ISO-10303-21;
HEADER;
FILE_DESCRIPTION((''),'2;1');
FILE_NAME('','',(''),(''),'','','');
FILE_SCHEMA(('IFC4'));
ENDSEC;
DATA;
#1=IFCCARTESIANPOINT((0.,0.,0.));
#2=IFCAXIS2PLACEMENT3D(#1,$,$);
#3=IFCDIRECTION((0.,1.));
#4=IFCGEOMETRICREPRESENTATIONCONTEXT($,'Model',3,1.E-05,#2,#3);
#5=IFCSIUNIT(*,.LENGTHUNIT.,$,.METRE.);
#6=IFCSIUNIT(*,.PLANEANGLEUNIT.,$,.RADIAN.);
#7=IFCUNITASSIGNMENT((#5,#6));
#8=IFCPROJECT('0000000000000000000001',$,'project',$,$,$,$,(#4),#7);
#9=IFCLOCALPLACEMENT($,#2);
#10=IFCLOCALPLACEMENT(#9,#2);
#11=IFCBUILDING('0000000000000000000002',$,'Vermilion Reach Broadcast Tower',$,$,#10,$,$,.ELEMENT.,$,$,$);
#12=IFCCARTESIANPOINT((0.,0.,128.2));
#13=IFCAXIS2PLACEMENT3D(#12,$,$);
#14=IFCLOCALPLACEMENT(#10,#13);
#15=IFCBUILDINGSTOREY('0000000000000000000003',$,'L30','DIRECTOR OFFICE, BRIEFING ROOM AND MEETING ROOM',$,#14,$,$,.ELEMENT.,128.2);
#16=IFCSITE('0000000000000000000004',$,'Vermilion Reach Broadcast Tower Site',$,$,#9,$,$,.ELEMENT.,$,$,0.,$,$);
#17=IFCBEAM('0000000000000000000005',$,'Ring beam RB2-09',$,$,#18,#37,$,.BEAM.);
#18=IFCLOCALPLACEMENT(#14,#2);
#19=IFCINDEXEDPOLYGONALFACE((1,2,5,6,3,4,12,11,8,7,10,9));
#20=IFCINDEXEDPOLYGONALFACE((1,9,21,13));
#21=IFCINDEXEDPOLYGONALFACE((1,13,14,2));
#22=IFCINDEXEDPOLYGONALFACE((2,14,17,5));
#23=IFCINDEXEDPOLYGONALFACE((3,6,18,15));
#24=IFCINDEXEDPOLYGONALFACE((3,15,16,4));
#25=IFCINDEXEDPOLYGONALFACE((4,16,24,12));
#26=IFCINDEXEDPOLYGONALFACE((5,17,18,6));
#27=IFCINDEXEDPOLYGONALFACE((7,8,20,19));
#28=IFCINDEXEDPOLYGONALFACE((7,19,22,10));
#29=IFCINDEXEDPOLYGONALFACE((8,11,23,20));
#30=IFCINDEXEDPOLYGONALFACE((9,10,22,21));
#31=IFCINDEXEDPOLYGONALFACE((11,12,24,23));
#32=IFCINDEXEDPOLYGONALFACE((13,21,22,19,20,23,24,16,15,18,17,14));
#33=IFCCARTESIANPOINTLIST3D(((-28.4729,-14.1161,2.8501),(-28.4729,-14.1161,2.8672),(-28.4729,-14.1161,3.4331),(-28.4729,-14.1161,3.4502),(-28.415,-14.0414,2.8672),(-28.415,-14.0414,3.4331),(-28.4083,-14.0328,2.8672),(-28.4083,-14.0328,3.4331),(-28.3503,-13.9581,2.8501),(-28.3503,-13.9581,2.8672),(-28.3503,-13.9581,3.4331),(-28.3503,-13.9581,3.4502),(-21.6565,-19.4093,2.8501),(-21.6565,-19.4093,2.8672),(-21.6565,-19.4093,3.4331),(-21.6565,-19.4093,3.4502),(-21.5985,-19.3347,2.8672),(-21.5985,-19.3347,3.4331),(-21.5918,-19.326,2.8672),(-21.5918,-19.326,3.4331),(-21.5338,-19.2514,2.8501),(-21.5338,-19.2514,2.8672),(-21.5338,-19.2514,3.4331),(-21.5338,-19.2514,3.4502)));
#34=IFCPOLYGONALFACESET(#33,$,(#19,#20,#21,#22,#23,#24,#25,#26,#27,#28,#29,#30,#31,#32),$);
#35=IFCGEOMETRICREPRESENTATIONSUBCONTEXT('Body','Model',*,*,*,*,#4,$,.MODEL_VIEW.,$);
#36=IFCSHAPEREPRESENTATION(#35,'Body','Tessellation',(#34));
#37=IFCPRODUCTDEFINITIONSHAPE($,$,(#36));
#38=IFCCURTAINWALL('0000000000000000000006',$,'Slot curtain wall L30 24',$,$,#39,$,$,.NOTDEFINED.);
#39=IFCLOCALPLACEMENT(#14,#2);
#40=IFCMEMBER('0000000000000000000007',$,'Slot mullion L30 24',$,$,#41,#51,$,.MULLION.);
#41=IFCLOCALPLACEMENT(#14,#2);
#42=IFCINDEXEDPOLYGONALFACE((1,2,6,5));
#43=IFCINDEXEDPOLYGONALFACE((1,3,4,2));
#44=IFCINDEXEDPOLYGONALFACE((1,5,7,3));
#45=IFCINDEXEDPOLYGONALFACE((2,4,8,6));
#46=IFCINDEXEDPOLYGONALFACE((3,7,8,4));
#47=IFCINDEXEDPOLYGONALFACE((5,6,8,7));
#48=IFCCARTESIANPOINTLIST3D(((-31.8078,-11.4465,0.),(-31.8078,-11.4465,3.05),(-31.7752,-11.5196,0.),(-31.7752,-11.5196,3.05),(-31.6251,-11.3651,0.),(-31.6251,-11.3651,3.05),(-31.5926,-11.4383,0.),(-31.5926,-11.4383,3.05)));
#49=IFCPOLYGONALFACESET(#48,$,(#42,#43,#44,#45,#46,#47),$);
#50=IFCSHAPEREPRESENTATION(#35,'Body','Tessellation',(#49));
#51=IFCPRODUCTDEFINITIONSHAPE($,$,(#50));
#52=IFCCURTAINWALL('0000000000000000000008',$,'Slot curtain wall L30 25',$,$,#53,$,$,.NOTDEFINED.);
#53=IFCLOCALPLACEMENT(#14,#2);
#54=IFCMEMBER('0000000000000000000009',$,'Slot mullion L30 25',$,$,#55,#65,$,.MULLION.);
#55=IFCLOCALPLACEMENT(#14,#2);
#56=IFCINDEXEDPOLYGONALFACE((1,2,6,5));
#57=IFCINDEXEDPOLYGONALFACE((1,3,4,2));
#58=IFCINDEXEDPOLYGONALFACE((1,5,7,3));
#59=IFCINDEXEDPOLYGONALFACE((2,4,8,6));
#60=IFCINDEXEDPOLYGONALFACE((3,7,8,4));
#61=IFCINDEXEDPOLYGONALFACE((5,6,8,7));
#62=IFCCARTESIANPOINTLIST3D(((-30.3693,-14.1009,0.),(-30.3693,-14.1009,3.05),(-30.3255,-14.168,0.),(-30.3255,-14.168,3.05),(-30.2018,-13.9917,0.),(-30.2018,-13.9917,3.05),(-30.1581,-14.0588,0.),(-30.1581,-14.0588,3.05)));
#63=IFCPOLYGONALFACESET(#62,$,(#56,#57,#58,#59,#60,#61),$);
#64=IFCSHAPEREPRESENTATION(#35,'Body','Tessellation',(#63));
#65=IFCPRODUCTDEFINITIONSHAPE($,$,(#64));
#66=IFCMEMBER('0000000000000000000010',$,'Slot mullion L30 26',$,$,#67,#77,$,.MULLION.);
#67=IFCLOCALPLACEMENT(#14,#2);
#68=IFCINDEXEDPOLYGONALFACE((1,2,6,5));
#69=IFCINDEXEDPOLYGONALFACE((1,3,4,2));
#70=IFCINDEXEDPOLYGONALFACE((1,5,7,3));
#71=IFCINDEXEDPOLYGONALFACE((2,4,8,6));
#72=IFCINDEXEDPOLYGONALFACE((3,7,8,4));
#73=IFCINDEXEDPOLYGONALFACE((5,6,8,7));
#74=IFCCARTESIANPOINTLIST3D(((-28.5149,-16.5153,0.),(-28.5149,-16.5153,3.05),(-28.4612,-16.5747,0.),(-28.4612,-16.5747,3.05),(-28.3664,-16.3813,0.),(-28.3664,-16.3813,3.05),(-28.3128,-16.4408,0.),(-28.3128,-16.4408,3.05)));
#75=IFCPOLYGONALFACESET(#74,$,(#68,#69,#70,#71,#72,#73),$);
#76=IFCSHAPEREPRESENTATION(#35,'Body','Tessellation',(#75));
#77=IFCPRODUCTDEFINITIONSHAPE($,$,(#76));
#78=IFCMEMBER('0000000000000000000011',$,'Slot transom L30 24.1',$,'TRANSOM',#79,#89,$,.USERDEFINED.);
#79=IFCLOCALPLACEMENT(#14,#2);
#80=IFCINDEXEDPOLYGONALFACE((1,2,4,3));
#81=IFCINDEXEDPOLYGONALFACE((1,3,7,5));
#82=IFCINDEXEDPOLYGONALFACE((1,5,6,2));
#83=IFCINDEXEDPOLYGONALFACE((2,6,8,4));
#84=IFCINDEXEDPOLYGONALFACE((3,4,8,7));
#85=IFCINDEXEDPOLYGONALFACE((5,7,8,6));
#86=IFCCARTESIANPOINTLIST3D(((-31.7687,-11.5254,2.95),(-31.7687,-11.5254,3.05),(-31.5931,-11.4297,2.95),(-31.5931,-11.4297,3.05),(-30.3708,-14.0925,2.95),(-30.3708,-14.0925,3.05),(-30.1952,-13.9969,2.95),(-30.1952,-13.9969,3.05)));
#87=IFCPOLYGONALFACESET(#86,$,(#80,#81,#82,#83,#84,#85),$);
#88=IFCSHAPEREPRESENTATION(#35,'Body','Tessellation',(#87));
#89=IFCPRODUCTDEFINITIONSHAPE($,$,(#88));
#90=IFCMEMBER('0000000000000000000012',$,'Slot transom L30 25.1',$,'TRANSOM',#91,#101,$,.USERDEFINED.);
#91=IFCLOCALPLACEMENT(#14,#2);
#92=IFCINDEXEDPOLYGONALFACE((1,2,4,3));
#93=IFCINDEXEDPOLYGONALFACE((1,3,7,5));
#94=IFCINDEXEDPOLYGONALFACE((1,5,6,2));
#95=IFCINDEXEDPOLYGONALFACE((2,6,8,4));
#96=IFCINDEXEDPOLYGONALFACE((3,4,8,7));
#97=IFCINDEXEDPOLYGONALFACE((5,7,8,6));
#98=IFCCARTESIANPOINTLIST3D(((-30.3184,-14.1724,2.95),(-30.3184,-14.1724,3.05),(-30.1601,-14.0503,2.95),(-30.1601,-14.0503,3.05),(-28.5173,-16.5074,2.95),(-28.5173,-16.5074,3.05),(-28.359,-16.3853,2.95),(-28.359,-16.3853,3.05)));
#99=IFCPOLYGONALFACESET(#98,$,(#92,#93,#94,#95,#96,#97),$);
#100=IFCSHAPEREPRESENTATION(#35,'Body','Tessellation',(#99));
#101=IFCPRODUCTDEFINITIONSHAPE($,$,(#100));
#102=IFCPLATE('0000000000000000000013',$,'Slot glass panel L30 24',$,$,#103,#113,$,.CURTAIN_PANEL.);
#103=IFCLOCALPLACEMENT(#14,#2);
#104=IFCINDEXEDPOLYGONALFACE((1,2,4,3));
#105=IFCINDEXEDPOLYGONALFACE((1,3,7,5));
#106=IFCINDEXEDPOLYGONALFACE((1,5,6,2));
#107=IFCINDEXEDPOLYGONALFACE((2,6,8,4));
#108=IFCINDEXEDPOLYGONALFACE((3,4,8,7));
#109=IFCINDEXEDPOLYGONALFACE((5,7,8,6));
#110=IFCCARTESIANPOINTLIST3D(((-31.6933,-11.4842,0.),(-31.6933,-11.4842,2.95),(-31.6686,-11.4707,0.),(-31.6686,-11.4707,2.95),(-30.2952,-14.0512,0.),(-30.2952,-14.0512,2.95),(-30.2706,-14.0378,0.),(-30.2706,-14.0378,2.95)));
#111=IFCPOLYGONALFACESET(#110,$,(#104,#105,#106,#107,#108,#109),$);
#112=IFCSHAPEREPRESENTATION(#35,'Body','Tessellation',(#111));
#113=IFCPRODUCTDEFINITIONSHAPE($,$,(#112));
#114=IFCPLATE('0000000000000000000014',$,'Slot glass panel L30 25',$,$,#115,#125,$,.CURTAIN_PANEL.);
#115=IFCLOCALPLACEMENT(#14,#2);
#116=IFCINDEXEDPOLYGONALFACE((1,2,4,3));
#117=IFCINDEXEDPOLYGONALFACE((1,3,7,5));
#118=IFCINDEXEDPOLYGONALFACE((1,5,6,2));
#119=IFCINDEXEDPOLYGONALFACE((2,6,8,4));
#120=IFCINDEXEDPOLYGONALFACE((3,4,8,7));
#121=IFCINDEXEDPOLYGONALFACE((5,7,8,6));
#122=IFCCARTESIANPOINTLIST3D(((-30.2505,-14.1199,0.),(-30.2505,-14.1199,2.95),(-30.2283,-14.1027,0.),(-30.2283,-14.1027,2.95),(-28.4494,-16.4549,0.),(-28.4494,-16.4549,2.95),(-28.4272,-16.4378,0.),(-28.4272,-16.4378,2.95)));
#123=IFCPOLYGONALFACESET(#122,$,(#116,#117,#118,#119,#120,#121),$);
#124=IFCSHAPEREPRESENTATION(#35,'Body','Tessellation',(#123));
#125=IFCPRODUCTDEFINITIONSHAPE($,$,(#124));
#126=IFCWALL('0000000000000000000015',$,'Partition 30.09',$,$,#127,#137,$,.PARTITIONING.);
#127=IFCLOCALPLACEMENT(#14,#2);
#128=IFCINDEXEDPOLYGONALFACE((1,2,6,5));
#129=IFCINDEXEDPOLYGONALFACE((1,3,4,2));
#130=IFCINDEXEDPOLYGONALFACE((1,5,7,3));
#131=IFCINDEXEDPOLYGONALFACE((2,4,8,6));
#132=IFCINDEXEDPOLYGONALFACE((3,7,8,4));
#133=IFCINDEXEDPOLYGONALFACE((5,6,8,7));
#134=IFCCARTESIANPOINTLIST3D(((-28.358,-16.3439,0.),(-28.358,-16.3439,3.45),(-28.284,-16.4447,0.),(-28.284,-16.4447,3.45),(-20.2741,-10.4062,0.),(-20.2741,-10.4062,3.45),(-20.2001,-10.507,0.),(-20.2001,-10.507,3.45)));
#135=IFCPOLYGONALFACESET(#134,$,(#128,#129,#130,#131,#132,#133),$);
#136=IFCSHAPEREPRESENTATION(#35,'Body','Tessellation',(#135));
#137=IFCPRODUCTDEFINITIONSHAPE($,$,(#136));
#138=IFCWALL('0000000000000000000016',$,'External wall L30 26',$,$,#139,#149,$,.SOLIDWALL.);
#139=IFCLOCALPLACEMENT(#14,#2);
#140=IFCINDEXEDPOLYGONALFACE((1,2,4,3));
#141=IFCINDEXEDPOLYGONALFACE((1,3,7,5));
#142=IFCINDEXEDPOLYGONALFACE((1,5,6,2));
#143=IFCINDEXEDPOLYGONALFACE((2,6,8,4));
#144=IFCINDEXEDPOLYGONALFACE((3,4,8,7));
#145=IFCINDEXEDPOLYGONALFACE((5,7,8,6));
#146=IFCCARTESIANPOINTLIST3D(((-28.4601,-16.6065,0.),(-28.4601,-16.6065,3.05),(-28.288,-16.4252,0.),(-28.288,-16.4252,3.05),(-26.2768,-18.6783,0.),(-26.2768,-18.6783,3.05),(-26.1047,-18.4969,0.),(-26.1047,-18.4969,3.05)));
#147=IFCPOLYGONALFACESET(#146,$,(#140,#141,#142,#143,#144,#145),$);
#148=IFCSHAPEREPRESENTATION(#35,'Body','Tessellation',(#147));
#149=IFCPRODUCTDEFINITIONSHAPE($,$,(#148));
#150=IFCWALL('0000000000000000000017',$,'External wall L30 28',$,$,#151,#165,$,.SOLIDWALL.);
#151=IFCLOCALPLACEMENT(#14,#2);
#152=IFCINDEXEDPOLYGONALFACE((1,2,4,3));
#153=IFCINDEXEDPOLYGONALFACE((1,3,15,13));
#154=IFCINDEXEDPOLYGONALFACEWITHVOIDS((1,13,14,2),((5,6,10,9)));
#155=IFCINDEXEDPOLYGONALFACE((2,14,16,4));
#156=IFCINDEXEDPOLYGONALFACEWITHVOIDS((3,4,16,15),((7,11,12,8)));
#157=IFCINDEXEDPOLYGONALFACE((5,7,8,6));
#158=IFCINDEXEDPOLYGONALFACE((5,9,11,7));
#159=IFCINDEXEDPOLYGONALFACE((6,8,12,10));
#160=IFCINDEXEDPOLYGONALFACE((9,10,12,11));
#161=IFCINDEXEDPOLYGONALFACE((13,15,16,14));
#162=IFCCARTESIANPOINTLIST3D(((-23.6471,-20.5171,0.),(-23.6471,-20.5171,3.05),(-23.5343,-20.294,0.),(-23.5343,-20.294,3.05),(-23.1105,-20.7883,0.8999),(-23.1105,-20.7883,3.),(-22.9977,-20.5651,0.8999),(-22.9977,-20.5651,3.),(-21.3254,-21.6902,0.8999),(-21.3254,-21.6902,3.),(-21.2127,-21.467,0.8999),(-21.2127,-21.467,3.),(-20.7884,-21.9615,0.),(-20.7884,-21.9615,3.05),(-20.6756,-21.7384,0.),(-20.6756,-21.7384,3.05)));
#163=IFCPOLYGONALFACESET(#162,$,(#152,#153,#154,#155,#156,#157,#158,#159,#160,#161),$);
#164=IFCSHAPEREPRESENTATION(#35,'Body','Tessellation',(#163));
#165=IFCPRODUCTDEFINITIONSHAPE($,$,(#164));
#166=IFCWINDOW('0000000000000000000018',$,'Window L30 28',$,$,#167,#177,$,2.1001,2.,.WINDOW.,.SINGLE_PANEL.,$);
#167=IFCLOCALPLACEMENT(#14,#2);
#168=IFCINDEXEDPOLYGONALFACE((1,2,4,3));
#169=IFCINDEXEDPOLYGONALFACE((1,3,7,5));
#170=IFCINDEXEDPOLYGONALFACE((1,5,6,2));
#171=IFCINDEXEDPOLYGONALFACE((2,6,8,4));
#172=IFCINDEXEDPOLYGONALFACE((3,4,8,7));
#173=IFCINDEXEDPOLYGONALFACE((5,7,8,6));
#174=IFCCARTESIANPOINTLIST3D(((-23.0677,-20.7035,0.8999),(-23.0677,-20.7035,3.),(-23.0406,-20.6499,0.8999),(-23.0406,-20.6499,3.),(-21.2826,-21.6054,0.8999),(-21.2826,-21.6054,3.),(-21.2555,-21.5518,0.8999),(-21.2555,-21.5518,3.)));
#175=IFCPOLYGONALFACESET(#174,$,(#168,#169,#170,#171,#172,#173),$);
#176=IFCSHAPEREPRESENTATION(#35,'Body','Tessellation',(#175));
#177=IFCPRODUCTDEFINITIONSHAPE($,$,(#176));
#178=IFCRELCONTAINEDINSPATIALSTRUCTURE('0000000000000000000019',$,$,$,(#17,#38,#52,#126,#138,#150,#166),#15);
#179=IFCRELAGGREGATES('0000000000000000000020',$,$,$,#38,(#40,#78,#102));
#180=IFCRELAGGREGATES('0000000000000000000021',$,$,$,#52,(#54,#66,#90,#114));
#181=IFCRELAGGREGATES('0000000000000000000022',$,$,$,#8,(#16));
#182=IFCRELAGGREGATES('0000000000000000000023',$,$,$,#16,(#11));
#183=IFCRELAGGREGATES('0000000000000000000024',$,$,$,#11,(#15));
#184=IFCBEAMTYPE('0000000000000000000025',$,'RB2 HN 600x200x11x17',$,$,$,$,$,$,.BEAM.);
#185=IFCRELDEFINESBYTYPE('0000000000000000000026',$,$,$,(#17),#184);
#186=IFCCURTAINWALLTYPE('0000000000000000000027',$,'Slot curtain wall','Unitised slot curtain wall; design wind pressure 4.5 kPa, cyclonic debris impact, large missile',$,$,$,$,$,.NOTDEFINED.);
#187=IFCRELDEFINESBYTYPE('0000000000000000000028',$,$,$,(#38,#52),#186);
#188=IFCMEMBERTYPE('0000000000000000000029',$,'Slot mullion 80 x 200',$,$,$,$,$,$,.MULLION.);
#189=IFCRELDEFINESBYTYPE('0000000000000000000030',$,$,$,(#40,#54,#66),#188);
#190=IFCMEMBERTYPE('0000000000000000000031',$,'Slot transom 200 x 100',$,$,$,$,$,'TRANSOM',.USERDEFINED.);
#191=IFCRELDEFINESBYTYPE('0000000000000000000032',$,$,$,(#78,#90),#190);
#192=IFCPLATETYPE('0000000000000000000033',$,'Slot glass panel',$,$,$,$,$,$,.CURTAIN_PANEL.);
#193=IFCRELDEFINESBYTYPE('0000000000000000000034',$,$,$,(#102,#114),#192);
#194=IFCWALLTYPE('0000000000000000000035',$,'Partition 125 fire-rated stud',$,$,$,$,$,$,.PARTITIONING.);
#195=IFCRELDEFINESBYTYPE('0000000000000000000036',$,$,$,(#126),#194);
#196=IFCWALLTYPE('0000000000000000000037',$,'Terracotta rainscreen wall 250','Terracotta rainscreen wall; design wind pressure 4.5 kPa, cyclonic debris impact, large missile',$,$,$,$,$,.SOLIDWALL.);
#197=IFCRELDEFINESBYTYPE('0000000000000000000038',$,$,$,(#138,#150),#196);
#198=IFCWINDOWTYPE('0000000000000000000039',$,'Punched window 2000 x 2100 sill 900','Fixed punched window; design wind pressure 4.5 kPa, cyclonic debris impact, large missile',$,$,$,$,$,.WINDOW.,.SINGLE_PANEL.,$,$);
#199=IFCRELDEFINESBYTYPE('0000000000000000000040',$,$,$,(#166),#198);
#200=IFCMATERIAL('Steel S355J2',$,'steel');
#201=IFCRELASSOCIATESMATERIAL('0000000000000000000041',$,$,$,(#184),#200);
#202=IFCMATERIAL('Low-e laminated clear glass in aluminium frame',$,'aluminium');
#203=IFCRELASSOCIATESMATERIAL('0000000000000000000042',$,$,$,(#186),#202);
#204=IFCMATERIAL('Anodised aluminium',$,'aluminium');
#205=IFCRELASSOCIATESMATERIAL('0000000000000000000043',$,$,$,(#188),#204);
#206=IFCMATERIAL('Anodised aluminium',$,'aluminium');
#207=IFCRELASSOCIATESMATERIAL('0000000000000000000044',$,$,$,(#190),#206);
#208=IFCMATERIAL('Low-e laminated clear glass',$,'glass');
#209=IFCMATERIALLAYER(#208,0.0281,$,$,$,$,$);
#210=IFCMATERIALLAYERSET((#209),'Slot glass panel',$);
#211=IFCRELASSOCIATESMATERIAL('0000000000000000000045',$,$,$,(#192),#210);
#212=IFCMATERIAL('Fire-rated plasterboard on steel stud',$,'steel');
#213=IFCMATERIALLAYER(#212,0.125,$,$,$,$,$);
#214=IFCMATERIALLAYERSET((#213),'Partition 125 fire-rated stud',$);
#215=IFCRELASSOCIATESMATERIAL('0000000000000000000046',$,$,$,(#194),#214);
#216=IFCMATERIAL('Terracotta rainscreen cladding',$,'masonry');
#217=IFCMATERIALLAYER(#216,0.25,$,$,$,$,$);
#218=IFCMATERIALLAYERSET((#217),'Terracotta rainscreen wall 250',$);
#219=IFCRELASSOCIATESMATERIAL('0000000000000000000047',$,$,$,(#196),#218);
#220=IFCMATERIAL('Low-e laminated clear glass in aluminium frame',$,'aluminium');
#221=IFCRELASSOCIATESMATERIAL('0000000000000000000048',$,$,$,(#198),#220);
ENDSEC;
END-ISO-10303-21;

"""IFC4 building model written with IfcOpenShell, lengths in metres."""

from ifc_helpers import new_model, si_unit, direction, frame, frame_2d, origin, origin_2d, place, context, subcontext, project, spatial, rectangle, i_section, extrude, material, layer, layer_set, material_profile, profile_set, type_object, element, fill, aggregate, save


model = new_model("IFC4")

# Units and contexts
model_context = context("Model", 3, precision=1e-05, world=origin(), true_north=direction((0.0, 1.0)))
body_context = subcontext(model_context, "Body", "Model", "MODEL_VIEW")
ifc_project = project(units=[si_unit("LENGTHUNIT", "METRE"), si_unit("PLANEANGLEUNIT", "RADIAN")], contexts=[model_context])

# Site, building, storey
site_placement = place(None, origin())
site = spatial("IfcSite", under=ifc_project, at=site_placement, Name="Vermilion Reach Broadcast Tower Site", CompositionType="ELEMENT", RefElevation=0.0)
building_placement = place(site_placement, origin())
building = spatial("IfcBuilding", under=site, at=building_placement, Name="Vermilion Reach Broadcast Tower", CompositionType="ELEMENT")
storey_placement = place(building_placement, frame((0.0, 0.0, 128.2)))
storey = spatial("IfcBuildingStorey", under=building, at=storey_placement, Name="L30", Description="DIRECTOR OFFICE, BRIEFING ROOM AND MEETING ROOM", CompositionType="ELEMENT", Elevation=128.2)

# Beam
ifc_material_1 = material(Name="Steel S355J2", Category="steel")
ifc_material_profile_1 = material_profile(ifc_material_1, i_section(OverallWidth=0.2, OverallDepth=0.6001, WebThickness=0.011, FlangeThickness=0.0171, at=origin_2d()), Name="S355J2 HN 600x200x11x17")
ifc_profile_set_1 = profile_set([ifc_material_profile_1], Name="Steel S355J2")
beam_type_1 = type_object("IfcBeamType", Name="RB2 HN 600x200x11x17", PredefinedType="BEAM", material=ifc_profile_set_1)
beam_1_placement = place(storey_placement, frame((-28.4116, -14.0371, 3.1501), z_axis=(0.789826, -0.613331, 0.0), x_axis=(0.613331, 0.789826, 0.0)))
element("IfcBeam", 1, at=beam_1_placement, inside=storey, type_object=beam_type_1, Name="Ring beam RB2-09", PredefinedType="BEAM", context=body_context, shape_type="SweptSolid", body=[
    extrude(i_section(OverallWidth=0.2, OverallDepth=0.6001, WebThickness=0.011, FlangeThickness=0.0171, at=origin_2d()), origin(), (0.0, 0.0, 1.0), 8.6304),
])

# Curtain wall, member
ifc_material_2 = material(Name="Low-e laminated clear glass in aluminium frame", Category="aluminium")
curtain_wall_type = type_object("IfcCurtainWallType", Name="Slot curtain wall", Description="Unitised slot curtain wall; design wind pressure 4.5 kPa, cyclonic debris impact, large missile", PredefinedType="NOTDEFINED", material=ifc_material_2)
placement = place(storey_placement, origin())
curtain_wall_1 = element("IfcCurtainWall", 2, at=placement, inside=storey, type_object=curtain_wall_type, Name="Slot curtain wall L30 24", PredefinedType="NOTDEFINED")
ifc_material_3 = material(Name="Anodised aluminium", Category="aluminium")
ifc_material_profile_2 = material_profile(ifc_material_3, rectangle(XDim=0.2, YDim=0.0801, at=origin_2d()), Name="Slot mullion 80 x 200")
ifc_profile_set_2 = profile_set([ifc_material_profile_2], Name="Anodised aluminium")
member_type_1 = type_object("IfcMemberType", Name="Slot mullion 80 x 200", PredefinedType="MULLION", material=ifc_profile_set_2)
member_1_placement = place(storey_placement, frame((-31.7002, -11.4424, 0.0), z_axis=(0.0, 0.0, 1.0), x_axis=(0.913545, 0.406737, 0.0)))
member_1 = element("IfcMember", 3, at=member_1_placement, type_object=member_type_1, Name="Slot mullion L30 24", PredefinedType="MULLION", context=body_context, shape_type="SweptSolid", body=[
    extrude(rectangle(XDim=0.2, YDim=0.0801, at=origin_2d()), origin(), (0.0, 0.0, 1.0), 3.05),
])

# Curtain wall, members
curtain_wall_2 = element("IfcCurtainWall", 4, at=placement, inside=storey, type_object=curtain_wall_type, Name="Slot curtain wall L30 25", PredefinedType="NOTDEFINED")
member_2_placement = place(storey_placement, frame((-30.2637, -14.0798, 0.0), z_axis=(0.0, 0.0, 1.0), x_axis=(0.837634, 0.546232, 0.0)))
member_2 = element("IfcMember", 5, at=member_2_placement, type_object=member_type_1, Name="Slot mullion L30 25", PredefinedType="MULLION", context=body_context, shape_type="SweptSolid", body=[
    extrude(rectangle(XDim=0.2, YDim=0.0801, at=origin_2d()), origin(), (0.0, 0.0, 1.0), 3.05),
])
member_3_placement = place(storey_placement, frame((-28.4138, -16.478, 0.0), z_axis=(0.0, 0.0, 1.0), x_axis=(0.742287, 0.670083, 0.0)))
member_3 = element("IfcMember", 6, at=member_3_placement, type_object=member_type_1, Name="Slot mullion L30 26", PredefinedType="MULLION", context=body_context, shape_type="SweptSolid", body=[
    extrude(rectangle(XDim=0.2, YDim=0.0801, at=origin_2d()), origin(), (0.0, 0.0, 1.0), 3.05),
])

# Members
ifc_material_4 = material(Name="Anodised aluminium", Category="aluminium")
ifc_material_profile_3 = material_profile(ifc_material_4, rectangle(XDim=0.2, YDim=0.1001, at=origin_2d()), Name="Slot transom 200 x 100")
ifc_profile_set_3 = profile_set([ifc_material_profile_3], Name="Anodised aluminium")
member_type_2 = type_object("IfcMemberType", Name="Slot transom 200 x 100", ElementType="TRANSOM", PredefinedType="USERDEFINED", material=ifc_profile_set_3)
member_4_placement = place(storey_placement, frame((-31.6809, -11.4775, 3.0), z_axis=(0.478243, -0.878227, 0.0), x_axis=(0.878227, 0.478243, 0.0)))
member_4 = element("IfcMember", 7, at=member_4_placement, type_object=member_type_2, Name="Slot transom L30 24.1", ObjectType="TRANSOM", PredefinedType="USERDEFINED", context=body_context, shape_type="SweptSolid", body=[
    extrude(rectangle(XDim=0.2, YDim=0.1001, at=origin_2d()), origin(), (0.0, 0.0, 1.0), 2.9231),
])
member_5_placement = place(storey_placement, frame((-30.2393, -14.1113, 3.0), z_axis=(0.610755, -0.79182, 0.0), x_axis=(0.79182, 0.610755, 0.0)))
member_5 = element("IfcMember", 8, at=member_5_placement, type_object=member_type_2, Name="Slot transom L30 25.1", ObjectType="TRANSOM", PredefinedType="USERDEFINED", context=body_context, shape_type="SweptSolid", body=[
    extrude(rectangle(XDim=0.2, YDim=0.1001, at=origin_2d()), origin(), (0.0, 0.0, 1.0), 2.949),
])

# Plates
ifc_material_5 = material(Name="Low-e laminated clear glass", Category="glass")
ifc_layer_1 = layer(ifc_material_5, 0.0281)
ifc_layer_set_1 = layer_set([ifc_layer_1], Name="Slot glass panel")
plate_type = type_object("IfcPlateType", Name="Slot glass panel", PredefinedType="CURTAIN_PANEL", material=ifc_layer_set_1)
plate_1_placement = place(storey_placement, frame((-30.9819, -12.761, 0.0), z_axis=(0.0, 0.0, 1.0), x_axis=(0.478282, -0.878207, 0.0)))
plate_1 = element("IfcPlate", 9, at=plate_1_placement, type_object=plate_type, Name="Slot glass panel L30 24", PredefinedType="CURTAIN_PANEL", context=body_context, shape_type="SweptSolid", body=[
    extrude(rectangle(XDim=2.9231, YDim=0.0281, at=origin_2d()), origin(), (0.0, 0.0, 1.0), 2.95),
])
aggregate(curtain_wall_1, [member_1, member_4, plate_1])
plate_2_placement = place(storey_placement, frame((-29.3389, -15.2788, 0.0), z_axis=(0.0, 0.0, 1.0), x_axis=(0.610761, -0.791815, 0.0)))
plate_2 = element("IfcPlate", 10, at=plate_2_placement, type_object=plate_type, Name="Slot glass panel L30 25", PredefinedType="CURTAIN_PANEL", context=body_context, shape_type="SweptSolid", body=[
    extrude(rectangle(XDim=2.949, YDim=0.0281, at=origin_2d()), origin(), (0.0, 0.0, 1.0), 2.95),
])
aggregate(curtain_wall_2, [member_2, member_3, member_5, plate_2])

# Walls
ifc_material_6 = material(Name="Fire-rated plasterboard on steel stud", Category="steel")
ifc_layer_2 = layer(ifc_material_6, 0.125)
ifc_layer_set_2 = layer_set([ifc_layer_2], Name="Partition 125 fire-rated stud")
wall_type_1 = type_object("IfcWallType", Name="Partition 125 fire-rated stud", PredefinedType="PARTITIONING", material=ifc_layer_set_2)
wall_1_placement = place(storey_placement, frame((-28.321, -16.3943, 0.0), z_axis=(0.0, 0.0, 1.0), x_axis=(0.805954, 0.591979, 0.0)))
element("IfcWall", 11, at=wall_1_placement, inside=storey, type_object=wall_type_1, Name="Partition 30.09", PredefinedType="PARTITIONING", context=body_context, shape_type="SweptSolid", body=[
    extrude(rectangle(XDim=10.0303, YDim=0.125, at=frame_2d((5.0151, 0.0))), origin(), (0.0, 0.0, 1.0), 3.45),
])
ifc_material_7 = material(Name="Terracotta rainscreen cladding", Category="masonry")
ifc_layer_3 = layer(ifc_material_7, 0.25)
ifc_layer_set_3 = layer_set([ifc_layer_3], Name="Terracotta rainscreen wall 250")
wall_type_2 = type_object("IfcWallType", Name="Terracotta rainscreen wall 250", Description="Terracotta rainscreen wall; design wind pressure 4.5 kPa, cyclonic debris impact, large missile", PredefinedType="SOLIDWALL", material=ifc_layer_set_3)
wall_2_placement = place(storey_placement, frame((-28.374, -16.5159, 0.0), z_axis=(0.0, 0.0, 1.0), x_axis=(0.725398, -0.688329, 0.0)))
element("IfcWall", 12, at=wall_2_placement, inside=storey, type_object=wall_type_2, Name="External wall L30 26", PredefinedType="SOLIDWALL", context=body_context, shape_type="SweptSolid", body=[
    extrude(rectangle(XDim=3.0098, YDim=0.25, at=frame_2d((1.5049, 0.0))), origin(), (0.0, 0.0, 1.0), 3.05),
])

# Wall, opening, window
wall_3_placement = place(storey_placement, frame((-23.5908, -20.4055, 0.0), z_axis=(0.0, 0.0, 1.0), x_axis=(0.892544, -0.45096, 0.0)))
wall_3 = element("IfcWall", 13, at=wall_3_placement, inside=storey, type_object=wall_type_2, Name="External wall L30 28", PredefinedType="SOLIDWALL", context=body_context, shape_type="SweptSolid", body=[
    extrude(rectangle(XDim=3.2029, YDim=0.25, at=frame_2d((1.6016, 0.0))), origin(), (0.0, 0.0, 1.0), 3.05),
])
opening_1_placement = place(wall_3_placement, frame((0.6013, 0.0, 0.8999)))
opening_1 = element("IfcOpeningElement", 14, at=opening_1_placement, cuts=wall_3, PredefinedType="OPENING", context=body_context, shape_type="SweptSolid", body=[
    extrude(rectangle(XDim=2.0, YDim=2.1001, at=frame_2d((1.0, 1.05))), frame((0.0, 0.135, 0.0), z_axis=(0.0, -1.0, 0.0), x_axis=(1.0, 0.0, 0.0)), (0.0, 0.0, 1.0), 0.27),
])
ifc_material_8 = material(Name="Low-e laminated clear glass in aluminium frame", Category="aluminium")
window_type = type_object("IfcWindowType", Name="Punched window 2000 x 2100 sill 900", Description="Fixed punched window; design wind pressure 4.5 kPa, cyclonic debris impact, large missile", PartitioningType="SINGLE_PANEL", PredefinedType="WINDOW", material=ifc_material_8)
window_placement = place(opening_1_placement, origin())
window = element("IfcWindow", 15, at=window_placement, inside=storey, type_object=window_type, Name="Window L30 28", OverallHeight=2.1001, OverallWidth=2.0, PartitioningType="SINGLE_PANEL", PredefinedType="WINDOW", context=body_context, shape_type="SweptSolid", body=[
    extrude(rectangle(XDim=2.0, YDim=2.1001, at=frame_2d((1.0, 1.05))), frame((0.0, 0.03, 0.0), z_axis=(0.0, -1.0, 0.0), x_axis=(1.0, 0.0, 0.0)), (0.0, 0.0, 1.0), 0.0601),
])
fill(opening_1, window)

save(model, "model.ifc")
